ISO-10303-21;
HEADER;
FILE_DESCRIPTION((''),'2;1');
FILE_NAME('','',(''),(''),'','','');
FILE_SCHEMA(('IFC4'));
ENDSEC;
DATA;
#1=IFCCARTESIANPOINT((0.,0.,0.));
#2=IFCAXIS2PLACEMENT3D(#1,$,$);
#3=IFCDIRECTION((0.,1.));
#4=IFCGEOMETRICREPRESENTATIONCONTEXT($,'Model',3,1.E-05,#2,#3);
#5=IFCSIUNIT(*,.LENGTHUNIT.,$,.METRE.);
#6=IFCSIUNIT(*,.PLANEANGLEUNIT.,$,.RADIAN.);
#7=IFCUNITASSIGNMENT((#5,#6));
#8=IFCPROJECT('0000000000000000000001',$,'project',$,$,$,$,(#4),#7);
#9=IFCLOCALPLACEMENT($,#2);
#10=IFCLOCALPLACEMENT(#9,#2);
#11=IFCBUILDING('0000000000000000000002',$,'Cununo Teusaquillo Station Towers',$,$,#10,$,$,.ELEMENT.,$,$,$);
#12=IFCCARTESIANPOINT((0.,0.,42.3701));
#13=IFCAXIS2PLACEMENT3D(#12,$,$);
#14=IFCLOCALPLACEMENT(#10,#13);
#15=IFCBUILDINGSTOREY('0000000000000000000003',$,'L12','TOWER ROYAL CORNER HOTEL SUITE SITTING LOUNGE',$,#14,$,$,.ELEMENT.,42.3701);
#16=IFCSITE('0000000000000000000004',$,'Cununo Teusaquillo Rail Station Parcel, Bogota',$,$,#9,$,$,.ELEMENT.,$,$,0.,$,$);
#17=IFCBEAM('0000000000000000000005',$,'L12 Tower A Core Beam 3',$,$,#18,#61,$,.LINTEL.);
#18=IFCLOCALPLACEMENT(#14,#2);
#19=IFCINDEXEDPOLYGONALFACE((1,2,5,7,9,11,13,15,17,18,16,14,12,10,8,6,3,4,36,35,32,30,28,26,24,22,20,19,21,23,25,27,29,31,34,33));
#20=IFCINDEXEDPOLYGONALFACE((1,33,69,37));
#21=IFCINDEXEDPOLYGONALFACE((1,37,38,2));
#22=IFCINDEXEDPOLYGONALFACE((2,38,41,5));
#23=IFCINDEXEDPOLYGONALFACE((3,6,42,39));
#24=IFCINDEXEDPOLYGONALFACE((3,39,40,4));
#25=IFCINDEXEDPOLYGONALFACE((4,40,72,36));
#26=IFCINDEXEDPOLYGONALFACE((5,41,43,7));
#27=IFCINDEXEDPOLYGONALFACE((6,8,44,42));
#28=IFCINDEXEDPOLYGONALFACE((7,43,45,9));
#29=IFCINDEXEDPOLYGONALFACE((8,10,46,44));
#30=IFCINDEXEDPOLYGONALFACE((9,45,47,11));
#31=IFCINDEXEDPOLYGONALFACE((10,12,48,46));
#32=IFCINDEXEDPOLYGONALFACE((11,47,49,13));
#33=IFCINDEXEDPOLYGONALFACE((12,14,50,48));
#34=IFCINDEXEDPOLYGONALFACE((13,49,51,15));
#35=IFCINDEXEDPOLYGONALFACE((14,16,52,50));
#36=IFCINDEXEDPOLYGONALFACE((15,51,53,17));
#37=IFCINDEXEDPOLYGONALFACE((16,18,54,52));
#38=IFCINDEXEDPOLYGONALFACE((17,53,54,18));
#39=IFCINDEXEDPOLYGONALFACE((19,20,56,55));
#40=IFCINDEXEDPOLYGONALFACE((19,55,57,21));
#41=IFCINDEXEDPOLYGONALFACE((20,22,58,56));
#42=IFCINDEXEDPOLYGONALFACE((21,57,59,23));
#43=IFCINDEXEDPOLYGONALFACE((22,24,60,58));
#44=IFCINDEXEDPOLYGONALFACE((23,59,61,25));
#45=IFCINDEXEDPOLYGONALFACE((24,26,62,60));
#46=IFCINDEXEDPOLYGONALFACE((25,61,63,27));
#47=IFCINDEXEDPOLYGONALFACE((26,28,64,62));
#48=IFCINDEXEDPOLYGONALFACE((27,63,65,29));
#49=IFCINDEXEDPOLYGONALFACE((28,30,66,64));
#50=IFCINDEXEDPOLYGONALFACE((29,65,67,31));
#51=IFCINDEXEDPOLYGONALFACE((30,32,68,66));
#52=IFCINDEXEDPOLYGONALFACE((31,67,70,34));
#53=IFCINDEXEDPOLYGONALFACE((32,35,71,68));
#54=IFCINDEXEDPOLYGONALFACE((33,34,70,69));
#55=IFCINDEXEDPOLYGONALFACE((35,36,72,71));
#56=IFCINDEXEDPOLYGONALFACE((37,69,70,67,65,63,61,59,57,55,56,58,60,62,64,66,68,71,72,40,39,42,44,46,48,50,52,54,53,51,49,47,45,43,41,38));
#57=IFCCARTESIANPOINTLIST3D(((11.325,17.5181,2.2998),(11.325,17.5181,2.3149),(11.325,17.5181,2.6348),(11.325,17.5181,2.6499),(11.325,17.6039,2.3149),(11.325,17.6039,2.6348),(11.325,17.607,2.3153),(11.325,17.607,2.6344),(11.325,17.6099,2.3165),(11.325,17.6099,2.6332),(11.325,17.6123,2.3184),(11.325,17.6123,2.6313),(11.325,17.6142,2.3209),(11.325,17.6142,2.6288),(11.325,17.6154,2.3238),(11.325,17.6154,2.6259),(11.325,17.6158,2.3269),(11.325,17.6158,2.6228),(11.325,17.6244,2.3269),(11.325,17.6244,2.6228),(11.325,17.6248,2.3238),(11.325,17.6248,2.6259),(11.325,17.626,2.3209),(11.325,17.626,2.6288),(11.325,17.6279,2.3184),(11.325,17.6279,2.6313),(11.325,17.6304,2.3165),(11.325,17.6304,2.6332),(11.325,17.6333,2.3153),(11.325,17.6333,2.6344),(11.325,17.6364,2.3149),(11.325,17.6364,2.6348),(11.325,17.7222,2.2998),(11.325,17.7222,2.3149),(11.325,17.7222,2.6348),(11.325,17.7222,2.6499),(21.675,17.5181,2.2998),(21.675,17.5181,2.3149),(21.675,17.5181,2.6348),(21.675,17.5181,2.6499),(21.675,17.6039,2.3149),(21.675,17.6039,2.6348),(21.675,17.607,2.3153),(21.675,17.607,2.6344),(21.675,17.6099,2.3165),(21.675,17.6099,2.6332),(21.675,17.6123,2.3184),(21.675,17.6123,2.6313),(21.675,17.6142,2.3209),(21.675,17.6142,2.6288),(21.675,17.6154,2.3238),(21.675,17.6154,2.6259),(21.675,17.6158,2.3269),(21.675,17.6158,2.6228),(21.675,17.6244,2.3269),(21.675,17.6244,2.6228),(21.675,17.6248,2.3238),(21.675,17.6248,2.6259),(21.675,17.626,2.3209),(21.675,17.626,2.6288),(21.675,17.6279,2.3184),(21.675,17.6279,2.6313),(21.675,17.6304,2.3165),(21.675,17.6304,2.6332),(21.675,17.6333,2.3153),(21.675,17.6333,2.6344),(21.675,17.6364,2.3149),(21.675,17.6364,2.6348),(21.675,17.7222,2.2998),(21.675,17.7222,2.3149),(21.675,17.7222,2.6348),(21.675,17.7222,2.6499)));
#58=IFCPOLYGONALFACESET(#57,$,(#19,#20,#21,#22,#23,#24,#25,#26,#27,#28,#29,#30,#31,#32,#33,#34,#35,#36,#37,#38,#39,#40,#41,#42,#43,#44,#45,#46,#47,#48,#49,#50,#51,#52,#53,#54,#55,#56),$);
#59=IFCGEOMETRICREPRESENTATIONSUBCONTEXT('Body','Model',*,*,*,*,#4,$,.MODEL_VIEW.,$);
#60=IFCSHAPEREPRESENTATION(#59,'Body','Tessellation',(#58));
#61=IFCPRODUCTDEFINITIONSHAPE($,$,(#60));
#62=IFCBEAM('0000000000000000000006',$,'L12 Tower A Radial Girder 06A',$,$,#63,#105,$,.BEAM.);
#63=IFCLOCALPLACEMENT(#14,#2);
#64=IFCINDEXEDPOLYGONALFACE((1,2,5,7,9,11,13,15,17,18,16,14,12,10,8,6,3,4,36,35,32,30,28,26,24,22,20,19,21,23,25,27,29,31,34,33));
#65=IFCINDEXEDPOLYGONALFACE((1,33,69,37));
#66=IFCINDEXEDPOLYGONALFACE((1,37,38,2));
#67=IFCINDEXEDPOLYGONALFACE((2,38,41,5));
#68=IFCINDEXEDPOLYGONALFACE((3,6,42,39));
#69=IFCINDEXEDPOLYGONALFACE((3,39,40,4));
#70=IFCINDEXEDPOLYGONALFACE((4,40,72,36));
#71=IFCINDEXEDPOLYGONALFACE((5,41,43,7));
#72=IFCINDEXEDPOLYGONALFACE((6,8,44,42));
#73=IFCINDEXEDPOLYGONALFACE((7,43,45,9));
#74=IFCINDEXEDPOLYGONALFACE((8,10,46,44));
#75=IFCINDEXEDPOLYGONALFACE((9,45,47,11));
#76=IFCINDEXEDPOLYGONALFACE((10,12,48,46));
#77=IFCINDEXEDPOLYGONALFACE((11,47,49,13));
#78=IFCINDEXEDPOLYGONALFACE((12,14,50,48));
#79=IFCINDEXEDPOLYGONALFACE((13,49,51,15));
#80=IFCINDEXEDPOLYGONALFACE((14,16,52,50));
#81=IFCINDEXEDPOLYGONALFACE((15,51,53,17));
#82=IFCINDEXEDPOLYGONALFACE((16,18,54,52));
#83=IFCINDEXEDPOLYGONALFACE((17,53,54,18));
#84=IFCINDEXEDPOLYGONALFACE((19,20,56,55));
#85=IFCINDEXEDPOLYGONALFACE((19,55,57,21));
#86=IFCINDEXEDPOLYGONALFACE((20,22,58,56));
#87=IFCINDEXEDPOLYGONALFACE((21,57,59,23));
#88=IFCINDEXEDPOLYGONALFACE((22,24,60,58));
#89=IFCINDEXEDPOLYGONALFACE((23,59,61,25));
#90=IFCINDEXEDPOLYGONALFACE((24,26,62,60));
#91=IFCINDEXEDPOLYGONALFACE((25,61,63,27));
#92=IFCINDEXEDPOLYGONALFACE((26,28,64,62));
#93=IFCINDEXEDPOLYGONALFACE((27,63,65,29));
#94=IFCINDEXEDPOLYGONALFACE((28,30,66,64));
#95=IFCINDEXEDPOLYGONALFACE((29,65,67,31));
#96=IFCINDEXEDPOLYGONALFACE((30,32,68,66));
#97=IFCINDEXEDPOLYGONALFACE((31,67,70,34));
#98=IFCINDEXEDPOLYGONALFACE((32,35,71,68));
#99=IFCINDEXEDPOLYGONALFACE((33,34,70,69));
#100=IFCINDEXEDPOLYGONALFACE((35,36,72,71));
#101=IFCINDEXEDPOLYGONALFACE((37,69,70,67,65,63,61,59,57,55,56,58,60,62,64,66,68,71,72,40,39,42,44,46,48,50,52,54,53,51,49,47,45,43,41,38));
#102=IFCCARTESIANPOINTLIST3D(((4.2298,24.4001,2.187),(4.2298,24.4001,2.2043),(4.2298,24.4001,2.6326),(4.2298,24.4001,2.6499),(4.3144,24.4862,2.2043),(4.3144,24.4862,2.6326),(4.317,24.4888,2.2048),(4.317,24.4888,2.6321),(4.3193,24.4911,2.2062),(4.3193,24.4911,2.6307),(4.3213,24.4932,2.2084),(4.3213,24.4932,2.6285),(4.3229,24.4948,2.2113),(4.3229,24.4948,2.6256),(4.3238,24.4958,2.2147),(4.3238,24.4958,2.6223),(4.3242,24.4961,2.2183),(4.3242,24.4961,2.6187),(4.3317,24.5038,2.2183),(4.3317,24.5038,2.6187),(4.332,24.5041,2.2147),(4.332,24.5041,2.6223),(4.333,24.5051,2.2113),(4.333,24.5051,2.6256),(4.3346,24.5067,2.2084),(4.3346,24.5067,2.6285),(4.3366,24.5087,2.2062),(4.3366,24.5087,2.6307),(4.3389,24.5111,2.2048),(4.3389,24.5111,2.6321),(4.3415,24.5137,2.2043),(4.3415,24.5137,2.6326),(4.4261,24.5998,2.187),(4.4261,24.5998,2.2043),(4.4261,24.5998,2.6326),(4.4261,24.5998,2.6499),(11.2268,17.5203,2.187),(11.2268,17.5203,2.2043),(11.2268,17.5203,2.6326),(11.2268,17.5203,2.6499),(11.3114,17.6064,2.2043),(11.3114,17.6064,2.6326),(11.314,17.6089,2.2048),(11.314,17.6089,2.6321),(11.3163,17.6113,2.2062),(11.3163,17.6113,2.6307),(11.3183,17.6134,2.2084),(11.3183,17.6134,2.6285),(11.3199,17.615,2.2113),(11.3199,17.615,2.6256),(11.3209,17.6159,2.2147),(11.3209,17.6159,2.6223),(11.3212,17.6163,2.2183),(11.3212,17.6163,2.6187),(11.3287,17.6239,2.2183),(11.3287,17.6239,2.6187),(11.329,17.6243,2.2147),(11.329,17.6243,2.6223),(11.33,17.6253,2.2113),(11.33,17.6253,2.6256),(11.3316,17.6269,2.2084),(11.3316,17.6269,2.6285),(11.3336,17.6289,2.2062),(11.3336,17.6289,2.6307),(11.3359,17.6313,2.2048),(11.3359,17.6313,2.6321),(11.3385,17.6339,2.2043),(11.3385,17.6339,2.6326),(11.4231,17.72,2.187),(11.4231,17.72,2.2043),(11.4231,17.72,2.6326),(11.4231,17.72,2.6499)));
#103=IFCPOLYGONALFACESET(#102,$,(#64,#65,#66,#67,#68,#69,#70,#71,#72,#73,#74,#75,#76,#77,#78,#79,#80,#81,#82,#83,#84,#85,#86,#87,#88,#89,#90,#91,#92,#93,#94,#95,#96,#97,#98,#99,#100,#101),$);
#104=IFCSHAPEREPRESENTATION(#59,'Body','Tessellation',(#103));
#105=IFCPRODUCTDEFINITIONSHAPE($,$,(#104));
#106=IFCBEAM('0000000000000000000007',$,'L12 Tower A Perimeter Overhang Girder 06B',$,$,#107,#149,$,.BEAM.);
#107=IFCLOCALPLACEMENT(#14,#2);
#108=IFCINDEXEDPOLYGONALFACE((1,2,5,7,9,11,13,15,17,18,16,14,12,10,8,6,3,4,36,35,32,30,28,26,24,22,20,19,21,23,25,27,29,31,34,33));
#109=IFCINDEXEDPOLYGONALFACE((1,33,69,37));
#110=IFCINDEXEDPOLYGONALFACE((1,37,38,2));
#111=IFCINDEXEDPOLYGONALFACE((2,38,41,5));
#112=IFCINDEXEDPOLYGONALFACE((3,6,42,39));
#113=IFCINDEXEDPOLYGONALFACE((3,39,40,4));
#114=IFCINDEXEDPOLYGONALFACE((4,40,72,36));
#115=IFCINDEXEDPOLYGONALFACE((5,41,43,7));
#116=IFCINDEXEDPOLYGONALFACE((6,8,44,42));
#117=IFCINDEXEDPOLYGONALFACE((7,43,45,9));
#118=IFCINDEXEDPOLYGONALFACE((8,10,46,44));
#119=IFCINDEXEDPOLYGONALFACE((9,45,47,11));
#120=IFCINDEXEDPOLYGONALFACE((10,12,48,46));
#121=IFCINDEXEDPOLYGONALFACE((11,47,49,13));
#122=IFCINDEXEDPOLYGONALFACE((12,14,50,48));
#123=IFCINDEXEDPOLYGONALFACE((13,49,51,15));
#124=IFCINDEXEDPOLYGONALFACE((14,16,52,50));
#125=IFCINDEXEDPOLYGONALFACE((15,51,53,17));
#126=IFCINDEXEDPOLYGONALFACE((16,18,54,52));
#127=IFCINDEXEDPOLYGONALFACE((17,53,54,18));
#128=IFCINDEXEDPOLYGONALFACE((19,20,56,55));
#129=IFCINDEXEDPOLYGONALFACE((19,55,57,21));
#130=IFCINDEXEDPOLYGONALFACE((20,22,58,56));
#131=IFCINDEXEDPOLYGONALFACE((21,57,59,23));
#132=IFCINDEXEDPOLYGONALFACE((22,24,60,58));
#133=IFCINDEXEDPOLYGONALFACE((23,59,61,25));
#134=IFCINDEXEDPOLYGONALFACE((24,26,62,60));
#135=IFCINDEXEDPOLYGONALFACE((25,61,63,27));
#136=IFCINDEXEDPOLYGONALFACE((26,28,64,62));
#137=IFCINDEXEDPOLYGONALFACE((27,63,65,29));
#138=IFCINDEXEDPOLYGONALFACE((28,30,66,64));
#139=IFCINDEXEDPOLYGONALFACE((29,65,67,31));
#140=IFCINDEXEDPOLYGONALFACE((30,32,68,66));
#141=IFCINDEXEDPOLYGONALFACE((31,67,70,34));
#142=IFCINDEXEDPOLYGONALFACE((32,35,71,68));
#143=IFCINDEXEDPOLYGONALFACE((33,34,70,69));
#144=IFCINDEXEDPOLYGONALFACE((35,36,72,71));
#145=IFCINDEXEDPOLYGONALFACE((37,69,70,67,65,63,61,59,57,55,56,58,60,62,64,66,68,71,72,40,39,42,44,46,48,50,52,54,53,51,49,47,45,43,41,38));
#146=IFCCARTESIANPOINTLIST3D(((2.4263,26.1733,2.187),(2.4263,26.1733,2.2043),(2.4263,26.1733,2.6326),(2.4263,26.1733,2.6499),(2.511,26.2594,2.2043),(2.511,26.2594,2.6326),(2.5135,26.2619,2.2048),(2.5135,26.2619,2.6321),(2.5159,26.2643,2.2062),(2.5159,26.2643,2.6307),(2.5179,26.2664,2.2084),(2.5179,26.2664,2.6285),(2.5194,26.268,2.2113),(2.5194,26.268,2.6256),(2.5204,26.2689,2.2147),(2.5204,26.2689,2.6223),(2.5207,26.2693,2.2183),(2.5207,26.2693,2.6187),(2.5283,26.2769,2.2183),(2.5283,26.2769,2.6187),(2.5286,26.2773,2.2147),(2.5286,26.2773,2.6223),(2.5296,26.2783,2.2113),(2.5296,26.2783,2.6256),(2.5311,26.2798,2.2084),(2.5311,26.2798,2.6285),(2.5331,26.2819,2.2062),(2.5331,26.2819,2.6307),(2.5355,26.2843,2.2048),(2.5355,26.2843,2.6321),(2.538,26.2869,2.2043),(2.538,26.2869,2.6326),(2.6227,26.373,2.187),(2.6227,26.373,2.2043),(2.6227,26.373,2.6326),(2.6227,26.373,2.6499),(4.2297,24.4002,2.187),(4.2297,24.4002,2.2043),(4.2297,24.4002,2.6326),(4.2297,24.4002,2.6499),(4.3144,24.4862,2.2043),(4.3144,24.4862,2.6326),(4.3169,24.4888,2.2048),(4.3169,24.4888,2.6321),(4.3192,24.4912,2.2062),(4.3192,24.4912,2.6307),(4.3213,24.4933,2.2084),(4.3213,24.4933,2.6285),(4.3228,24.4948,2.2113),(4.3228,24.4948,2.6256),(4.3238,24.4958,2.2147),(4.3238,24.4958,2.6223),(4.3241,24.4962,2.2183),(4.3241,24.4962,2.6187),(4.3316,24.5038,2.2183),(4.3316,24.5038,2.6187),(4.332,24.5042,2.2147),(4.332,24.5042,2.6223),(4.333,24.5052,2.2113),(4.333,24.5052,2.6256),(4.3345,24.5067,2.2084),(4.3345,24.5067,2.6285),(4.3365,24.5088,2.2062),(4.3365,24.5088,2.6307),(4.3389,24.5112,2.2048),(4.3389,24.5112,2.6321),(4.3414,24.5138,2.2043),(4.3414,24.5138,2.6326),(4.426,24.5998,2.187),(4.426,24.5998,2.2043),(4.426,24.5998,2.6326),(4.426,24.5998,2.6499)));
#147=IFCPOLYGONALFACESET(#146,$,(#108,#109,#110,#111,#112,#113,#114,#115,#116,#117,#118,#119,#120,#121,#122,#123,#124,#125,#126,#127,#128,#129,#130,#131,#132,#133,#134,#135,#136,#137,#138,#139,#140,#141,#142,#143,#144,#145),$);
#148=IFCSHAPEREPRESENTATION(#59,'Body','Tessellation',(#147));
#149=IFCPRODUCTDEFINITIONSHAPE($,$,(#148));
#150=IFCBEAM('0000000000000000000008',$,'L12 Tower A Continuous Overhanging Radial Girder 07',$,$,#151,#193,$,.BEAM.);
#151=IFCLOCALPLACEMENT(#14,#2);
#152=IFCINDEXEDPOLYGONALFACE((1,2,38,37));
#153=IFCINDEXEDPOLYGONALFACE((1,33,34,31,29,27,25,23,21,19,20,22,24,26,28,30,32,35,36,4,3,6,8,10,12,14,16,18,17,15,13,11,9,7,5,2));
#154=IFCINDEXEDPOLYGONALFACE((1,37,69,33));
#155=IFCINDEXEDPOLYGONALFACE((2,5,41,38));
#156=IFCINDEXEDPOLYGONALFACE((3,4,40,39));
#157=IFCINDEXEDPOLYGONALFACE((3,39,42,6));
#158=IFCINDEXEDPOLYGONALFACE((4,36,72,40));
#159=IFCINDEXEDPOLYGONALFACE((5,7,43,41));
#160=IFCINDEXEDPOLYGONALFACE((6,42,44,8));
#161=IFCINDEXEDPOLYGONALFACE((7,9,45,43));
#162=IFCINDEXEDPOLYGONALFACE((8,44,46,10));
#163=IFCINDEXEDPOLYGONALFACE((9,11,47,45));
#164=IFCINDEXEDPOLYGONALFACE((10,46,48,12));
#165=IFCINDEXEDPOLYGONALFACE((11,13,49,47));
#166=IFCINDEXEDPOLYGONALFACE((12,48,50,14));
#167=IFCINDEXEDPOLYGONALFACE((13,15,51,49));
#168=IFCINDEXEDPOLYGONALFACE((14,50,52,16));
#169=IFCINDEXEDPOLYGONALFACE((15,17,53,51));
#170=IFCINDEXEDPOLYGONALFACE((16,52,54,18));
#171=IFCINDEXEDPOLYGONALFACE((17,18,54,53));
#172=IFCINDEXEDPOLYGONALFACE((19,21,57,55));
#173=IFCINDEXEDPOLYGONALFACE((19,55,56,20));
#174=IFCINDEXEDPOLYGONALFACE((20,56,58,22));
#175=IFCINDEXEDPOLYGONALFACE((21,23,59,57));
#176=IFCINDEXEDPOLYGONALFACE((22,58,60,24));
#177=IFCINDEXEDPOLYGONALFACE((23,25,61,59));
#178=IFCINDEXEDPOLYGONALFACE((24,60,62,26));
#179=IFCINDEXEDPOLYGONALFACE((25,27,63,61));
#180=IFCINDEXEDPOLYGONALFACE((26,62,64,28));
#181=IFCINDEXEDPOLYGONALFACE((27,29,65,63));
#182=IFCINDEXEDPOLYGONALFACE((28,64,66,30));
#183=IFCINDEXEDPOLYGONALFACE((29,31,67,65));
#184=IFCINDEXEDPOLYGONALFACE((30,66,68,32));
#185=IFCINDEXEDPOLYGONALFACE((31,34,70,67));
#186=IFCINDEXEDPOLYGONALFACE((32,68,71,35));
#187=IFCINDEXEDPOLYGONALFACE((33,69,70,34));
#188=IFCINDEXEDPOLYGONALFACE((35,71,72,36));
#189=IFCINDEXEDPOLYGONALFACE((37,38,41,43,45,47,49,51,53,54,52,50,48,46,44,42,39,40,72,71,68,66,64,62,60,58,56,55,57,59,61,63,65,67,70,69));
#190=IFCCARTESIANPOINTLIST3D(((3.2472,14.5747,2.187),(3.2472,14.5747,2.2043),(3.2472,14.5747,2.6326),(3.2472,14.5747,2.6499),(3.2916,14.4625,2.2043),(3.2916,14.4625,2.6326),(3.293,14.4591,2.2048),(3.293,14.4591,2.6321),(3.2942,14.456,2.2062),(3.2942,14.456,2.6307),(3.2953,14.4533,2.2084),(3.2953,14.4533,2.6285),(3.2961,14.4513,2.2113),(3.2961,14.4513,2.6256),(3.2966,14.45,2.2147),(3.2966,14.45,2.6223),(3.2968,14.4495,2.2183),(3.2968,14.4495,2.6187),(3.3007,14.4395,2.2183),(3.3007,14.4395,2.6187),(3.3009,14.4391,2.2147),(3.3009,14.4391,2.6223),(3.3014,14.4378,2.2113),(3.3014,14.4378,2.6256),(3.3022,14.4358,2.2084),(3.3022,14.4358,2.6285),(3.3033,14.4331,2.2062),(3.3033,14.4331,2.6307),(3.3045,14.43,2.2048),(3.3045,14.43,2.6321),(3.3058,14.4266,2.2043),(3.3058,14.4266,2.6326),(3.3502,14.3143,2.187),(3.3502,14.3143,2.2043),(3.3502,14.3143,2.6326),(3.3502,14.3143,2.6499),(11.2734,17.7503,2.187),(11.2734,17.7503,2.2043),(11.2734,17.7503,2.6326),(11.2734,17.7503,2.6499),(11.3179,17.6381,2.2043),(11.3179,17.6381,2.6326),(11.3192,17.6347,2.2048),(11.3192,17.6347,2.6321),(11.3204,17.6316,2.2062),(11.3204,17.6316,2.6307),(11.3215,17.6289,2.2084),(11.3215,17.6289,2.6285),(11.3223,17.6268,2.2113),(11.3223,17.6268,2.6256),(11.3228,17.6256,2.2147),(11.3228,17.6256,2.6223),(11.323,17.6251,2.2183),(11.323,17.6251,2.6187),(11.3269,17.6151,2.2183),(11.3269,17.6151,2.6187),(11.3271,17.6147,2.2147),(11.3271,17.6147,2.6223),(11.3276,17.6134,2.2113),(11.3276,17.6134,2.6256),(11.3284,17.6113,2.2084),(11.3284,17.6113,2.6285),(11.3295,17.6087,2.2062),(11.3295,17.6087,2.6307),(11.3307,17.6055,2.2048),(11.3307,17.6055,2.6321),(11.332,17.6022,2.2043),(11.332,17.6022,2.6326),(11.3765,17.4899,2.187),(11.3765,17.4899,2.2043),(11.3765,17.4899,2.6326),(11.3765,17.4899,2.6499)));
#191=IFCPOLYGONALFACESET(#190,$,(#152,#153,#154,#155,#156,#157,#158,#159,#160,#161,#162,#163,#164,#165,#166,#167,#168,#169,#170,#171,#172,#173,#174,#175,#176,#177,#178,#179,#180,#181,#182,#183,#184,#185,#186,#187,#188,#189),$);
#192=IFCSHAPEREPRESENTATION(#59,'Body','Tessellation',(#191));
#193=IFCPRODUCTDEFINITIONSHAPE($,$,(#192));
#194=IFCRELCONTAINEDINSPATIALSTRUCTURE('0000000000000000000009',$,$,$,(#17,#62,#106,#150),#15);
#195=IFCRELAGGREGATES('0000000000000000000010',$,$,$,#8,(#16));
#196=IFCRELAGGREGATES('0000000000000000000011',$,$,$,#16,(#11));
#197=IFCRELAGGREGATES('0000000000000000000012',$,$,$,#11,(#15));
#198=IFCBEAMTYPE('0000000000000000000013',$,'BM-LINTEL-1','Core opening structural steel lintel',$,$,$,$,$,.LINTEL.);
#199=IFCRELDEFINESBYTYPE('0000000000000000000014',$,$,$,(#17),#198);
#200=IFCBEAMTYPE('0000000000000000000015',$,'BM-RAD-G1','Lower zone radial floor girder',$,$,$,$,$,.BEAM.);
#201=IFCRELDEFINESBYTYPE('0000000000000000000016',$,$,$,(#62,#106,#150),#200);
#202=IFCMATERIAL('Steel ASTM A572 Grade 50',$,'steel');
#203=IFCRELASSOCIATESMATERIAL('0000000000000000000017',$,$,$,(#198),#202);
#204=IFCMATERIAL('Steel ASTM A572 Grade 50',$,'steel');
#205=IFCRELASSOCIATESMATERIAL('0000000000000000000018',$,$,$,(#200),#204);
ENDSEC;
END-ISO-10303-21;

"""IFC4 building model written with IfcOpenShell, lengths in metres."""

from ifc_helpers import new_model, si_unit, direction, frame, origin, origin_2d, place, context, subcontext, project, spatial, i_section, extrude, material, material_profile, profile_set, type_object, element, save


model = new_model("IFC4")

# Units and contexts
model_context = context("Model", 3, precision=1e-05, world=origin(), true_north=direction((0.0, 1.0)))
body_context = subcontext(model_context, "Body", "Model", "MODEL_VIEW")
ifc_project = project(units=[si_unit("LENGTHUNIT", "METRE"), si_unit("PLANEANGLEUNIT", "RADIAN")], contexts=[model_context])

# Site, building, storey
site_placement = place(None, origin())
site = spatial("IfcSite", under=ifc_project, at=site_placement, Name="Cununo Teusaquillo Rail Station Parcel, Bogota", CompositionType="ELEMENT", RefElevation=0.0)
building_placement = place(site_placement, origin())
building = spatial("IfcBuilding", under=site, at=building_placement, Name="Cununo Teusaquillo Station Towers", CompositionType="ELEMENT")
storey_placement = place(building_placement, frame((0.0, 0.0, 42.3701)))
storey = spatial("IfcBuildingStorey", under=building, at=storey_placement, Name="L12", Description="TOWER ROYAL CORNER HOTEL SUITE SITTING LOUNGE", CompositionType="ELEMENT", Elevation=42.3701)

# Beams
ifc_material_1 = material(Name="Steel ASTM A572 Grade 50", Category="steel")
ifc_material_profile_1 = material_profile(ifc_material_1, i_section(OverallWidth=0.2041, OverallDepth=0.3501, WebThickness=0.0085, FlangeThickness=0.0151, FilletRadius=0.012, at=origin_2d()), Name="W14X48")
ifc_profile_set_1 = profile_set([ifc_material_profile_1], Name="Steel ASTM A572 Grade 50")
beam_type_1 = type_object("IfcBeamType", Name="BM-LINTEL-1", Description="Core opening structural steel lintel", PredefinedType="LINTEL", material=ifc_profile_set_1)
beam_1_placement = place(storey_placement, frame((11.325, 17.6201, 2.4749), z_axis=(1.0, 0.0, 0.0), x_axis=(0.0, 1.0, 0.0)))
element("IfcBeam", 1, at=beam_1_placement, inside=storey, type_object=beam_type_1, Name="L12 Tower A Core Beam 3", PredefinedType="LINTEL", context=body_context, shape_type="SweptSolid", body=[
    extrude(i_section(OverallWidth=0.2041, OverallDepth=0.3501, WebThickness=0.0085, FlangeThickness=0.0151, FilletRadius=0.012, at=origin_2d()), origin(), (0.0, 0.0, 1.0), 10.3501),
])
ifc_material_2 = material(Name="Steel ASTM A572 Grade 50", Category="steel")
ifc_material_profile_2 = material_profile(ifc_material_2, i_section(OverallWidth=0.28, OverallDepth=0.4629, WebThickness=0.0107, FlangeThickness=0.0173, FilletRadius=0.0139, at=origin_2d()), Name="W18X76")
ifc_profile_set_2 = profile_set([ifc_material_profile_2], Name="Steel ASTM A572 Grade 50")
beam_type_2 = type_object("IfcBeamType", Name="BM-RAD-G1", Description="Lower zone radial floor girder", PredefinedType="BEAM", material=ifc_profile_set_2)
beam_2_placement = place(storey_placement, frame((11.325, 17.6201, 2.4185), z_axis=(-0.713053, 0.70111, 0.0), x_axis=(-0.70111, -0.713053, 0.0)))
element("IfcBeam", 2, at=beam_2_placement, inside=storey, type_object=beam_type_2, Name="L12 Tower A Radial Girder 06A", PredefinedType="BEAM", context=body_context, shape_type="SweptSolid", body=[
    extrude(i_section(OverallWidth=0.28, OverallDepth=0.4629, WebThickness=0.0107, FlangeThickness=0.0173, FilletRadius=0.0139, at=origin_2d()), origin(), (0.0, 0.0, 1.0), 9.8127),
])
beam_3_placement = place(storey_placement, frame((4.3279, 24.5, 2.4185), z_axis=(-0.713066, 0.701097, 0.0), x_axis=(-0.701097, -0.713066, 0.0)))
element("IfcBeam", 3, at=beam_3_placement, inside=storey, type_object=beam_type_2, Name="L12 Tower A Perimeter Overhang Girder 06B", PredefinedType="BEAM", context=body_context, shape_type="SweptSolid", body=[
    extrude(i_section(OverallWidth=0.28, OverallDepth=0.4629, WebThickness=0.0107, FlangeThickness=0.0173, FilletRadius=0.0139, at=origin_2d()), origin(), (0.0, 0.0, 1.0), 2.5291),
])
beam_4_placement = place(storey_placement, frame((11.325, 17.6201, 2.4185), z_axis=(-0.929865, -0.367901, 0.0), x_axis=(0.367901, -0.929865, 0.0)))
element("IfcBeam", 4, at=beam_4_placement, inside=storey, type_object=beam_type_2, Name="L12 Tower A Continuous Overhanging Radial Girder 07", PredefinedType="BEAM", context=body_context, shape_type="SweptSolid", body=[
    extrude(i_section(OverallWidth=0.28, OverallDepth=0.4629, WebThickness=0.0107, FlangeThickness=0.0173, FilletRadius=0.0139, at=origin_2d()), origin(), (0.0, 0.0, 1.0), 8.6316),
])

save(model, "model.ifc")
